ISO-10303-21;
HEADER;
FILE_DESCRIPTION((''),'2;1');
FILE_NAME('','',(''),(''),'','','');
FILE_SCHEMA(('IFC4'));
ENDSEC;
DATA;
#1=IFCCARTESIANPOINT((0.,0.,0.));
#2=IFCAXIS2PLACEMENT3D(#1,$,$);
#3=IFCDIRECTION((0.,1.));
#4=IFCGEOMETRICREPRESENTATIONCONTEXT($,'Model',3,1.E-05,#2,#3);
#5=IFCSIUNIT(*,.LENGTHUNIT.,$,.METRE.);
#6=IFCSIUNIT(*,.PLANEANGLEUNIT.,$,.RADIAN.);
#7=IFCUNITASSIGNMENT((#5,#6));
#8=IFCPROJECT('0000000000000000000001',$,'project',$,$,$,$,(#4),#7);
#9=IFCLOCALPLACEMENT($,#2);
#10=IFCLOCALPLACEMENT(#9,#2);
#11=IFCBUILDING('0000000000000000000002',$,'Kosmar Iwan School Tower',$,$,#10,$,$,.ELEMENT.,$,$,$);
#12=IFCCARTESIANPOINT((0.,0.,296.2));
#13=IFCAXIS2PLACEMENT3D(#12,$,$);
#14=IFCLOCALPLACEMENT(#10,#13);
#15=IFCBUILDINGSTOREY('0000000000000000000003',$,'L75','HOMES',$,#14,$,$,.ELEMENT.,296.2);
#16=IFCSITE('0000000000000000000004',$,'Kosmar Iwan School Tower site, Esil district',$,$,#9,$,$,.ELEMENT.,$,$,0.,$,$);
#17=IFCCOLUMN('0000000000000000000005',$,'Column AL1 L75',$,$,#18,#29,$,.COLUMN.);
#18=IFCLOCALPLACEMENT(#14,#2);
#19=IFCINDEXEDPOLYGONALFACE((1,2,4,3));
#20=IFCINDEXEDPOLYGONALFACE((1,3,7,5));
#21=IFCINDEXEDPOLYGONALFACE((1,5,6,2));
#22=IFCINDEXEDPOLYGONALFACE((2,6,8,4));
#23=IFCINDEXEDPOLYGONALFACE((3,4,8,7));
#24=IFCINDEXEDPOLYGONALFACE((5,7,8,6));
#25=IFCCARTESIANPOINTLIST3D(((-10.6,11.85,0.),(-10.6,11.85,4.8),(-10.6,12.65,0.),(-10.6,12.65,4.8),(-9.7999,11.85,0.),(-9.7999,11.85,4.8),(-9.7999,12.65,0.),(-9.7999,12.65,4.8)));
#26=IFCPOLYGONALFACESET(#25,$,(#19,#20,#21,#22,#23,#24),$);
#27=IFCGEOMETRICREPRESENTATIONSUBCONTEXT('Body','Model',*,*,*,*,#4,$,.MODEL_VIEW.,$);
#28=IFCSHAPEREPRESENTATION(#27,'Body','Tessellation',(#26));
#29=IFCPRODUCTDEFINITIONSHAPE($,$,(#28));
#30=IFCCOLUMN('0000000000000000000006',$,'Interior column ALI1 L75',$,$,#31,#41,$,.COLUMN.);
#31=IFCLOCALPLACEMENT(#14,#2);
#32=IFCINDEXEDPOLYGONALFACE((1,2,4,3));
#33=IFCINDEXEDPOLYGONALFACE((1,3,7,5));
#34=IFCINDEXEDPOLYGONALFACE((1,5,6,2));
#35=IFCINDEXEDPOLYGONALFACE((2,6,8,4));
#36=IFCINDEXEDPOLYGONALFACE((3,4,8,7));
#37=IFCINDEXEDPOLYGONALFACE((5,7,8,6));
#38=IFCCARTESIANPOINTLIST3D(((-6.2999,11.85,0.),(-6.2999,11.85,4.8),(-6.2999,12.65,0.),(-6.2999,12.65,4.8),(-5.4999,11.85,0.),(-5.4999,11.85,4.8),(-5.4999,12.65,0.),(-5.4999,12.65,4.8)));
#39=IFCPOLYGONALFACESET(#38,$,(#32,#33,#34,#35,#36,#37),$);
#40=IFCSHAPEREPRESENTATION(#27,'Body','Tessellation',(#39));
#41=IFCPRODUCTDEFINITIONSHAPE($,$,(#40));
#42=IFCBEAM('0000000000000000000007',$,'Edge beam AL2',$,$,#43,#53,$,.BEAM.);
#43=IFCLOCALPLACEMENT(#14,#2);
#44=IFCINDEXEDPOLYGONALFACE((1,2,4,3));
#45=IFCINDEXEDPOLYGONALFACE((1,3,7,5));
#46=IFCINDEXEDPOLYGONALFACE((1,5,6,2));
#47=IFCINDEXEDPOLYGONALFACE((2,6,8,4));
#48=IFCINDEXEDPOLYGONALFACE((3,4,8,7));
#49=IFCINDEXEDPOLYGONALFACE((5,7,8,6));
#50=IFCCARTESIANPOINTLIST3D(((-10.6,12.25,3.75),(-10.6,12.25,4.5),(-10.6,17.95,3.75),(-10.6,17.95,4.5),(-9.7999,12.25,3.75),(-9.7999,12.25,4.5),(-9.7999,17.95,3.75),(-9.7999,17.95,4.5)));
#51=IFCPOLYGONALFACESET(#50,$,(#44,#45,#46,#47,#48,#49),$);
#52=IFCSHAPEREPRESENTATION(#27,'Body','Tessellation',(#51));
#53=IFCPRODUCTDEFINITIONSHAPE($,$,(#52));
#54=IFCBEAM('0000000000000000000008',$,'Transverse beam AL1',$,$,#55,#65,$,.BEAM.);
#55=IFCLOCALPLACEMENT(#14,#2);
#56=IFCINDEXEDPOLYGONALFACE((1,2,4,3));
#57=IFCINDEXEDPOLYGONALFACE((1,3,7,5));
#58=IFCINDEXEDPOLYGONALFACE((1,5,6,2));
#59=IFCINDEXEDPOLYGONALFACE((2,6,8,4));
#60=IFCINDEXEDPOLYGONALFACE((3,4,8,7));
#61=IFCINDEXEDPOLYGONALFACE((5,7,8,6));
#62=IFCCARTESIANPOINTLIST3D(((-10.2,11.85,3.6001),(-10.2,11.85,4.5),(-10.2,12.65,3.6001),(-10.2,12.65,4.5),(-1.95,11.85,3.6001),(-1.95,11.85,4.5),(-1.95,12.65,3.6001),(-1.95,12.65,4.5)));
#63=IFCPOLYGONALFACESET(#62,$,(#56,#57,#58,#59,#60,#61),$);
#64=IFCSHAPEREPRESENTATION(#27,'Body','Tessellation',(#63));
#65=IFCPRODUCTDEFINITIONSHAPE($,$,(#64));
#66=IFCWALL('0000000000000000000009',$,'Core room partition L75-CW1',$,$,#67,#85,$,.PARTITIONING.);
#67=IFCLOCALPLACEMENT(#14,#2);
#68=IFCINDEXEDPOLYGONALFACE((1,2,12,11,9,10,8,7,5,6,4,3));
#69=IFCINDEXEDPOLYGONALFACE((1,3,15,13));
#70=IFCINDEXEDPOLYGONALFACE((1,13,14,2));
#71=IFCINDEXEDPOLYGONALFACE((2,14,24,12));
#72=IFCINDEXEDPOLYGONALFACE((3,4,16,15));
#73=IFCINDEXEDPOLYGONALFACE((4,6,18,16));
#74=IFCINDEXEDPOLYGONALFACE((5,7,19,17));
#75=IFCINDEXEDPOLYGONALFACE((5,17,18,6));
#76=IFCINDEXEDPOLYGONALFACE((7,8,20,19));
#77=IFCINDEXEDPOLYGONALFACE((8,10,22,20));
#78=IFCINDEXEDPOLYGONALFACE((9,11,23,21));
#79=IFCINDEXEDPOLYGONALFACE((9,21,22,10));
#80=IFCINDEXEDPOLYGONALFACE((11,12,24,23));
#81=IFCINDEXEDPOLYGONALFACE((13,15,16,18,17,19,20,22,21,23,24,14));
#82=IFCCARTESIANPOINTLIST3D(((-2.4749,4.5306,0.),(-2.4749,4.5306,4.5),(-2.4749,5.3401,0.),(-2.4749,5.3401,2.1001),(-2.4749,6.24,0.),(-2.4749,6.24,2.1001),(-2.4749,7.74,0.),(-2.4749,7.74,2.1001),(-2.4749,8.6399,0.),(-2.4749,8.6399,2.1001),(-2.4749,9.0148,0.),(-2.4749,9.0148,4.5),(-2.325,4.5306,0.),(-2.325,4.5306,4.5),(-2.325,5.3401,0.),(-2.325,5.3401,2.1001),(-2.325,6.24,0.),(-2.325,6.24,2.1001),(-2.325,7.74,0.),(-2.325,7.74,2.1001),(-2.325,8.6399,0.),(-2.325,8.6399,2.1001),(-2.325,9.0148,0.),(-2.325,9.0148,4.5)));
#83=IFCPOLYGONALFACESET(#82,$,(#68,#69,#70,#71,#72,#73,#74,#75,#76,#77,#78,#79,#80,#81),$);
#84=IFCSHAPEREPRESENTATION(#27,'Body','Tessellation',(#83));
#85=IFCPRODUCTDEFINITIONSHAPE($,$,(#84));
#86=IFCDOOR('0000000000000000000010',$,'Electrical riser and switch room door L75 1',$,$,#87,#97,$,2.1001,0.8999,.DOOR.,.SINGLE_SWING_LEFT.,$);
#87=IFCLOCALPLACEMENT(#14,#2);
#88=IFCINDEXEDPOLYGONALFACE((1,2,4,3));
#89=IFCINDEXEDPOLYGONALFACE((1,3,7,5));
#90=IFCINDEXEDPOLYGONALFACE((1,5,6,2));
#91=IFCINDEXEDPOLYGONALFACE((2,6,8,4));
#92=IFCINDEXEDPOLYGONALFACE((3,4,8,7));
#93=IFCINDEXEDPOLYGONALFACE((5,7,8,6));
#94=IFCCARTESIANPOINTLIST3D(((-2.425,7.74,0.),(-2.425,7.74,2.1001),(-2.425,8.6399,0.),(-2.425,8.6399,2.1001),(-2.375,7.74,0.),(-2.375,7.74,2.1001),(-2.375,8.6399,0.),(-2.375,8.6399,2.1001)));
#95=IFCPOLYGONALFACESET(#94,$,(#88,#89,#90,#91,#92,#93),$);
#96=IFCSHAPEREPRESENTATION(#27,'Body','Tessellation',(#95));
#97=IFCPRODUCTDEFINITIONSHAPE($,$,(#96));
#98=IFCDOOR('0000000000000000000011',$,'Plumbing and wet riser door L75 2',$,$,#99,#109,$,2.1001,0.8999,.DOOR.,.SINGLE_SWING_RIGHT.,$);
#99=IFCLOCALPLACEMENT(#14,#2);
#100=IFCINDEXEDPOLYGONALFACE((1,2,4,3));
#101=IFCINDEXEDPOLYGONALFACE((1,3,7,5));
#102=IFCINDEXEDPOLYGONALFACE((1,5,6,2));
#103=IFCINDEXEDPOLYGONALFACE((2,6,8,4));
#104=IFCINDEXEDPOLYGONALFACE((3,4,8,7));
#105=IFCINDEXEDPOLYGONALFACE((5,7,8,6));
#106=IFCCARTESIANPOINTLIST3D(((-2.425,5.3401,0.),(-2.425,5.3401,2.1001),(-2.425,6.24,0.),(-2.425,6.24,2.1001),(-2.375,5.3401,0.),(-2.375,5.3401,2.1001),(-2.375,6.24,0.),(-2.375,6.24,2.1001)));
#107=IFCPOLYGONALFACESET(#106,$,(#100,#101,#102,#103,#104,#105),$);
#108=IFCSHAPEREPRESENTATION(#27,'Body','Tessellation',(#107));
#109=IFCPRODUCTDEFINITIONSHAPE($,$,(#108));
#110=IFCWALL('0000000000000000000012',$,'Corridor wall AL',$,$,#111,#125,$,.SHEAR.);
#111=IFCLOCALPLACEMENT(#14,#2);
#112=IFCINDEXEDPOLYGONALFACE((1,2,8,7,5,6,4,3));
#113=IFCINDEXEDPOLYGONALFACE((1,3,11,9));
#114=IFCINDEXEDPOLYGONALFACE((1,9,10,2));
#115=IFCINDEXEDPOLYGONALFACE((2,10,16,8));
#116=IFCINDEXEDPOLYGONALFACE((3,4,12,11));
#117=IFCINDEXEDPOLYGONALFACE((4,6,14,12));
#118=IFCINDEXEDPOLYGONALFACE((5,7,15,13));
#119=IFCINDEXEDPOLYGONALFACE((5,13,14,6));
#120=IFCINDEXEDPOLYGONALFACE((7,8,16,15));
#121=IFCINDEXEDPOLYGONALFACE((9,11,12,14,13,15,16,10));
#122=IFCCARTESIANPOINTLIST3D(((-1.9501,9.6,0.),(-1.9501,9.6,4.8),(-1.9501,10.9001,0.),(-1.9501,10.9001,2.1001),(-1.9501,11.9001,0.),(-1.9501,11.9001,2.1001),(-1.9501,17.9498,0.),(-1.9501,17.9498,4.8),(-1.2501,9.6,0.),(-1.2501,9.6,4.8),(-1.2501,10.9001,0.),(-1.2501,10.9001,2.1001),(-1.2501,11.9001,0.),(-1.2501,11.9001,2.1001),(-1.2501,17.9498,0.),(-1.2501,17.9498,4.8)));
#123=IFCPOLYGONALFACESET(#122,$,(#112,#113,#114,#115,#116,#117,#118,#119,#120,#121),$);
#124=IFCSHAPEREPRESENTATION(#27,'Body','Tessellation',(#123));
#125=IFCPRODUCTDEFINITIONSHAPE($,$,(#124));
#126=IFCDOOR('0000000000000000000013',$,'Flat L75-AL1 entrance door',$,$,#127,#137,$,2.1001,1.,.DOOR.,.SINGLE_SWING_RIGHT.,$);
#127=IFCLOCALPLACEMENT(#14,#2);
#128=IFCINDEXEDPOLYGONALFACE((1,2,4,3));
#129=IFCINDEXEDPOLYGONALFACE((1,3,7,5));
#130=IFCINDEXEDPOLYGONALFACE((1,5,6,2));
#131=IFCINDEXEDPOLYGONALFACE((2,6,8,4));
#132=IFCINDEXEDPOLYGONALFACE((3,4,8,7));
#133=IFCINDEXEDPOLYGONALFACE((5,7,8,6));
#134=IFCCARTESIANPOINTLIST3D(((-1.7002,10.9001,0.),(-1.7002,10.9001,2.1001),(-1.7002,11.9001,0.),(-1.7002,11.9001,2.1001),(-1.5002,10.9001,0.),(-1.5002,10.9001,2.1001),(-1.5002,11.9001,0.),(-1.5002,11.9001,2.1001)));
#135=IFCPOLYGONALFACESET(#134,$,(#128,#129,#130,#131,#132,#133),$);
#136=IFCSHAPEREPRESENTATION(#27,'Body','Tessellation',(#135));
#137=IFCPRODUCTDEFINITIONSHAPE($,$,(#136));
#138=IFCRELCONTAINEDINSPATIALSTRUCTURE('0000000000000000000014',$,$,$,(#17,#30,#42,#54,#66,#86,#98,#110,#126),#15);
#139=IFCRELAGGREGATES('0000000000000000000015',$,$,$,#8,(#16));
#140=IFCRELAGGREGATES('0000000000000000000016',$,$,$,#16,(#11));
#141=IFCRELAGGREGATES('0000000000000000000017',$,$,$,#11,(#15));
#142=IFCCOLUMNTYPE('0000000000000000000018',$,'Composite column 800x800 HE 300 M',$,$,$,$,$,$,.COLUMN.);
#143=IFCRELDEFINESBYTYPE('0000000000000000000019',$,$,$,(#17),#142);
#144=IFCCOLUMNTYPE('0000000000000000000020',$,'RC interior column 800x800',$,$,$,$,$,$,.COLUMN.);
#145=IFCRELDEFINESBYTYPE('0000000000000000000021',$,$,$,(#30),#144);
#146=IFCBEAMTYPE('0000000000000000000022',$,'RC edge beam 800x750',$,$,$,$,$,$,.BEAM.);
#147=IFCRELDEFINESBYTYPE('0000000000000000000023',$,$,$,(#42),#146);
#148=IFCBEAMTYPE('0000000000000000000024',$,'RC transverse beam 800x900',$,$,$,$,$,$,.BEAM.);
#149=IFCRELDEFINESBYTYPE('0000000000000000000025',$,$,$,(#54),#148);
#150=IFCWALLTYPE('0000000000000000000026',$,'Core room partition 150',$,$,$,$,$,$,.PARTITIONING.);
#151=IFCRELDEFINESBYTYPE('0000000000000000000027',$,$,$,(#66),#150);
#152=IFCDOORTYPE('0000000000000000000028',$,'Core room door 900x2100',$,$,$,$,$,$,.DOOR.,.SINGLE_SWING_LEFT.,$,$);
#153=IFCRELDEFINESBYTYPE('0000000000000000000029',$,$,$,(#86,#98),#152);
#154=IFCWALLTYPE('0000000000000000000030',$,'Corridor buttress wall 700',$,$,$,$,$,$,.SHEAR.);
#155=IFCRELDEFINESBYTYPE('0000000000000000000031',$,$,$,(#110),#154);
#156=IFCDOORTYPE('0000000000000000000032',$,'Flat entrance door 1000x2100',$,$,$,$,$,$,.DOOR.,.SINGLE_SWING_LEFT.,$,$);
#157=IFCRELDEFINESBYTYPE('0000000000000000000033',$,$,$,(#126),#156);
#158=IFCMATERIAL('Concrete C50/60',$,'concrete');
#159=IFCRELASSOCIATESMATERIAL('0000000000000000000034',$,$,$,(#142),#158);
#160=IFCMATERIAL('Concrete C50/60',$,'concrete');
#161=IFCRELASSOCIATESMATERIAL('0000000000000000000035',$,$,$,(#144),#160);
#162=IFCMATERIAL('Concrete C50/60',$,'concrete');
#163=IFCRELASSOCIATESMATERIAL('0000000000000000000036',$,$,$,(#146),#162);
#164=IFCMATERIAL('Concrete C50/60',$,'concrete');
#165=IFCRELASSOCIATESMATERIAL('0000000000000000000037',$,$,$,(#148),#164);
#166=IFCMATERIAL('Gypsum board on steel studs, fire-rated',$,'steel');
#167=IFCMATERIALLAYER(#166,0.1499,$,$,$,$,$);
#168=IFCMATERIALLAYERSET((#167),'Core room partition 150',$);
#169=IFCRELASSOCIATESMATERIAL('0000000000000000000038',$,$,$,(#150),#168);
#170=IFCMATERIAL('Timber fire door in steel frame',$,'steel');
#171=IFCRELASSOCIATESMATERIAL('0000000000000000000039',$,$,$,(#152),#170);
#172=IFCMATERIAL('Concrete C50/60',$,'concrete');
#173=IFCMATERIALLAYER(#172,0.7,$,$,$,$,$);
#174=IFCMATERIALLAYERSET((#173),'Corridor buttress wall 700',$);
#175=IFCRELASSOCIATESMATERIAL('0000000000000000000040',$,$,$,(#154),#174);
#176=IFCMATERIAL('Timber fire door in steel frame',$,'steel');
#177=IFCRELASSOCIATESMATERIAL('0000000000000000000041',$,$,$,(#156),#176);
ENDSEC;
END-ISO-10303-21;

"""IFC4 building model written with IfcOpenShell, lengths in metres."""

from ifc_helpers import new_model, si_unit, direction, frame, frame_2d, origin, origin_2d, place, context, subcontext, project, spatial, rectangle, extrude, material, layer, layer_set, material_profile, profile_set, type_object, element, fill, save


model = new_model("IFC4")

# Units and contexts
model_context = context("Model", 3, precision=1e-05, world=origin(), true_north=direction((0.0, 1.0)))
body_context = subcontext(model_context, "Body", "Model", "MODEL_VIEW")
ifc_project = project(units=[si_unit("LENGTHUNIT", "METRE"), si_unit("PLANEANGLEUNIT", "RADIAN")], contexts=[model_context])

# Site, building, storey
site_placement = place(None, origin())
site = spatial("IfcSite", under=ifc_project, at=site_placement, Name="Kosmar Iwan School Tower site, Esil district", CompositionType="ELEMENT", RefElevation=0.0)
building_placement = place(site_placement, origin())
building = spatial("IfcBuilding", under=site, at=building_placement, Name="Kosmar Iwan School Tower", CompositionType="ELEMENT")
storey_placement = place(building_placement, frame((0.0, 0.0, 296.2)))
storey = spatial("IfcBuildingStorey", under=building, at=storey_placement, Name="L75", Description="HOMES", CompositionType="ELEMENT", Elevation=296.2)

# Columns
ifc_material_1 = material(Name="Concrete C50/60", Category="concrete")
ifc_material_profile_1 = material_profile(ifc_material_1, rectangle(XDim=0.8, YDim=0.8, at=origin_2d()), Name="RC 800x800 + HE 300 M")
ifc_profile_set_1 = profile_set([ifc_material_profile_1], Name="Concrete C50/60")
column_type_1 = type_object("IfcColumnType", Name="Composite column 800x800 HE 300 M", PredefinedType="COLUMN", material=ifc_profile_set_1)
column_1_placement = place(storey_placement, frame((-10.2, 12.25, 0.0), z_axis=(0.0, 0.0, 1.0), x_axis=(0.0, 1.0, 0.0)))
element("IfcColumn", 1, at=column_1_placement, inside=storey, type_object=column_type_1, Name="Column AL1 L75", PredefinedType="COLUMN", context=body_context, shape_type="SweptSolid", body=[
    extrude(rectangle(XDim=0.8, YDim=0.8, at=origin_2d()), origin(), (0.0, 0.0, 1.0), 4.8),
])
ifc_material_2 = material(Name="Concrete C50/60", Category="concrete")
ifc_material_profile_2 = material_profile(ifc_material_2, rectangle(XDim=0.8, YDim=0.8, at=origin_2d()), Name="RC 800x800")
ifc_profile_set_2 = profile_set([ifc_material_profile_2], Name="Concrete C50/60")
column_type_2 = type_object("IfcColumnType", Name="RC interior column 800x800", PredefinedType="COLUMN", material=ifc_profile_set_2)
column_2_placement = place(storey_placement, frame((-5.8999, 12.25, 0.0), z_axis=(0.0, 0.0, 1.0), x_axis=(0.0, 1.0, 0.0)))
element("IfcColumn", 2, at=column_2_placement, inside=storey, type_object=column_type_2, Name="Interior column ALI1 L75", PredefinedType="COLUMN", context=body_context, shape_type="SweptSolid", body=[
    extrude(rectangle(XDim=0.8, YDim=0.8, at=origin_2d()), origin(), (0.0, 0.0, 1.0), 4.8),
])

# Beams
ifc_material_3 = material(Name="Concrete C50/60", Category="concrete")
ifc_material_profile_3 = material_profile(ifc_material_3, rectangle(XDim=0.8, YDim=0.75, at=origin_2d()), Name="RC 800x750")
ifc_profile_set_3 = profile_set([ifc_material_profile_3], Name="Concrete C50/60")
beam_type_1 = type_object("IfcBeamType", Name="RC edge beam 800x750", PredefinedType="BEAM", material=ifc_profile_set_3)
beam_1_placement = place(storey_placement, frame((-10.2, 12.25, 4.125), z_axis=(0.0, 1.0, 0.0), x_axis=(-1.0, 0.0, 0.0)))
element("IfcBeam", 3, at=beam_1_placement, inside=storey, type_object=beam_type_1, Name="Edge beam AL2", PredefinedType="BEAM", context=body_context, shape_type="SweptSolid", body=[
    extrude(rectangle(XDim=0.8, YDim=0.75, at=origin_2d()), origin(), (0.0, 0.0, 1.0), 5.7),
])
ifc_material_4 = material(Name="Concrete C50/60", Category="concrete")
ifc_material_profile_4 = material_profile(ifc_material_4, rectangle(XDim=0.8, YDim=0.8999, at=origin_2d()), Name="RC 800x900")
ifc_profile_set_4 = profile_set([ifc_material_profile_4], Name="Concrete C50/60")
beam_type_2 = type_object("IfcBeamType", Name="RC transverse beam 800x900", PredefinedType="BEAM", material=ifc_profile_set_4)
beam_2_placement = place(storey_placement, frame((-10.2, 12.25, 4.05), z_axis=(1.0, 0.0, 0.0), x_axis=(0.0, 1.0, 0.0)))
element("IfcBeam", 4, at=beam_2_placement, inside=storey, type_object=beam_type_2, Name="Transverse beam AL1", PredefinedType="BEAM", context=body_context, shape_type="SweptSolid", body=[
    extrude(rectangle(XDim=0.8, YDim=0.8999, at=origin_2d()), origin(), (0.0, 0.0, 1.0), 8.25),
])

# Wall, openings, doors
ifc_material_5 = material(Name="Gypsum board on steel studs, fire-rated", Category="steel")
ifc_layer_1 = layer(ifc_material_5, 0.1499)
ifc_layer_set_1 = layer_set([ifc_layer_1], Name="Core room partition 150")
wall_type_1 = type_object("IfcWallType", Name="Core room partition 150", PredefinedType="PARTITIONING", material=ifc_layer_set_1)
wall_1_placement = place(storey_placement, frame((-2.3999, 9.0149, 0.0), z_axis=(0.0, 0.0, 1.0), x_axis=(0.0, -1.0, 0.0)))
wall_1 = element("IfcWall", 5, at=wall_1_placement, inside=storey, type_object=wall_type_1, Name="Core room partition L75-CW1", PredefinedType="PARTITIONING", context=body_context, shape_type="SweptSolid", body=[
    extrude(rectangle(XDim=4.4841, YDim=0.1499, at=frame_2d((2.2422, 0.0))), origin(), (0.0, 0.0, 1.0), 4.5),
])
opening_1_placement = place(wall_1_placement, frame((0.375, 0.0, 0.0)))
opening_1 = element("IfcOpeningElement", 6, at=opening_1_placement, cuts=wall_1, PredefinedType="OPENING", context=body_context, shape_type="SweptSolid", body=[
    extrude(rectangle(XDim=0.8999, YDim=2.1001, at=frame_2d((0.45, 1.05))), frame((0.0, 0.0869, 0.0), z_axis=(0.0, -1.0, 0.0), x_axis=(1.0, 0.0, 0.0)), (0.0, 0.0, 1.0), 0.1738),
])
opening_2_placement = place(wall_1_placement, frame((2.7749, 0.0, 0.0)))
opening_2 = element("IfcOpeningElement", 7, at=opening_2_placement, cuts=wall_1, PredefinedType="OPENING", context=body_context, shape_type="SweptSolid", body=[
    extrude(rectangle(XDim=0.8999, YDim=2.1001, at=frame_2d((0.45, 1.05))), frame((0.0, 0.0869, 0.0), z_axis=(0.0, -1.0, 0.0), x_axis=(1.0, 0.0, 0.0)), (0.0, 0.0, 1.0), 0.1738),
])
ifc_material_6 = material(Name="Timber fire door in steel frame", Category="steel")
door_type_1 = type_object("IfcDoorType", Name="Core room door 900x2100", OperationType="SINGLE_SWING_LEFT", PredefinedType="DOOR", material=ifc_material_6)
door_1_placement = place(opening_1_placement, origin())
door_1 = element("IfcDoor", 8, at=door_1_placement, inside=storey, type_object=door_type_1, Name="Electrical riser and switch room door L75 1", OperationType="SINGLE_SWING_LEFT", OverallHeight=2.1001, OverallWidth=0.8999, PredefinedType="DOOR", context=body_context, shape_type="SweptSolid", body=[
    extrude(rectangle(XDim=0.8999, YDim=2.1001, at=frame_2d((0.45, 1.05))), frame((0.0, 0.0249, 0.0), z_axis=(0.0, -1.0, 0.0), x_axis=(1.0, 0.0, 0.0)), (0.0, 0.0, 1.0), 0.05),
])
fill(opening_1, door_1)
door_2_placement = place(opening_2_placement, origin())
door_2 = element("IfcDoor", 9, at=door_2_placement, inside=storey, type_object=door_type_1, Name="Plumbing and wet riser door L75 2", OperationType="SINGLE_SWING_RIGHT", OverallHeight=2.1001, OverallWidth=0.8999, PredefinedType="DOOR", context=body_context, shape_type="SweptSolid", body=[
    extrude(rectangle(XDim=0.8999, YDim=2.1001, at=frame_2d((0.45, 1.05))), frame((0.0, 0.0249, 0.0), z_axis=(0.0, -1.0, 0.0), x_axis=(1.0, 0.0, 0.0)), (0.0, 0.0, 1.0), 0.05),
])
fill(opening_2, door_2)

# Wall, opening, door
ifc_material_7 = material(Name="Concrete C50/60", Category="concrete")
ifc_layer_2 = layer(ifc_material_7, 0.7)
ifc_layer_set_2 = layer_set([ifc_layer_2], Name="Corridor buttress wall 700")
wall_type_2 = type_object("IfcWallType", Name="Corridor buttress wall 700", PredefinedType="SHEAR", material=ifc_layer_set_2)
wall_2_placement = place(storey_placement, frame((-1.6001, 9.6001, 0.0), z_axis=(0.0, 0.0, 1.0), x_axis=(0.0, 1.0, 0.0)))
wall_2 = element("IfcWall", 10, at=wall_2_placement, inside=storey, type_object=wall_type_2, Name="Corridor wall AL", PredefinedType="SHEAR", context=body_context, shape_type="SweptSolid", body=[
    extrude(rectangle(XDim=8.3499, YDim=0.7, at=frame_2d((4.1748, 0.0))), origin(), (0.0, 0.0, 1.0), 4.8),
])
opening_3_placement = place(wall_2_placement, frame((1.3, 0.0, 0.0)))
opening_3 = element("IfcOpeningElement", 11, at=opening_3_placement, cuts=wall_2, PredefinedType="OPENING", context=body_context, shape_type="SweptSolid", body=[
    extrude(rectangle(XDim=1.0, YDim=2.1001, at=frame_2d((0.5, 1.05))), frame((0.0, 0.3621, 0.0), z_axis=(0.0, -1.0, 0.0), x_axis=(1.0, 0.0, 0.0)), (0.0, 0.0, 1.0), 0.7239),
])
ifc_material_8 = material(Name="Timber fire door in steel frame", Category="steel")
door_type_2 = type_object("IfcDoorType", Name="Flat entrance door 1000x2100", OperationType="SINGLE_SWING_LEFT", PredefinedType="DOOR", material=ifc_material_8)
door_3_placement = place(opening_3_placement, origin())
door_3 = element("IfcDoor", 12, at=door_3_placement, inside=storey, type_object=door_type_2, Name="Flat L75-AL1 entrance door", OperationType="SINGLE_SWING_RIGHT", OverallHeight=2.1001, OverallWidth=1.0, PredefinedType="DOOR", context=body_context, shape_type="SweptSolid", body=[
    extrude(rectangle(XDim=1.0, YDim=2.1001, at=frame_2d((0.5, 1.05))), frame((0.0, 0.1001, 0.0), z_axis=(0.0, -1.0, 0.0), x_axis=(1.0, 0.0, 0.0)), (0.0, 0.0, 1.0), 0.2),
])
fill(opening_3, door_3)

save(model, "model.ifc")
